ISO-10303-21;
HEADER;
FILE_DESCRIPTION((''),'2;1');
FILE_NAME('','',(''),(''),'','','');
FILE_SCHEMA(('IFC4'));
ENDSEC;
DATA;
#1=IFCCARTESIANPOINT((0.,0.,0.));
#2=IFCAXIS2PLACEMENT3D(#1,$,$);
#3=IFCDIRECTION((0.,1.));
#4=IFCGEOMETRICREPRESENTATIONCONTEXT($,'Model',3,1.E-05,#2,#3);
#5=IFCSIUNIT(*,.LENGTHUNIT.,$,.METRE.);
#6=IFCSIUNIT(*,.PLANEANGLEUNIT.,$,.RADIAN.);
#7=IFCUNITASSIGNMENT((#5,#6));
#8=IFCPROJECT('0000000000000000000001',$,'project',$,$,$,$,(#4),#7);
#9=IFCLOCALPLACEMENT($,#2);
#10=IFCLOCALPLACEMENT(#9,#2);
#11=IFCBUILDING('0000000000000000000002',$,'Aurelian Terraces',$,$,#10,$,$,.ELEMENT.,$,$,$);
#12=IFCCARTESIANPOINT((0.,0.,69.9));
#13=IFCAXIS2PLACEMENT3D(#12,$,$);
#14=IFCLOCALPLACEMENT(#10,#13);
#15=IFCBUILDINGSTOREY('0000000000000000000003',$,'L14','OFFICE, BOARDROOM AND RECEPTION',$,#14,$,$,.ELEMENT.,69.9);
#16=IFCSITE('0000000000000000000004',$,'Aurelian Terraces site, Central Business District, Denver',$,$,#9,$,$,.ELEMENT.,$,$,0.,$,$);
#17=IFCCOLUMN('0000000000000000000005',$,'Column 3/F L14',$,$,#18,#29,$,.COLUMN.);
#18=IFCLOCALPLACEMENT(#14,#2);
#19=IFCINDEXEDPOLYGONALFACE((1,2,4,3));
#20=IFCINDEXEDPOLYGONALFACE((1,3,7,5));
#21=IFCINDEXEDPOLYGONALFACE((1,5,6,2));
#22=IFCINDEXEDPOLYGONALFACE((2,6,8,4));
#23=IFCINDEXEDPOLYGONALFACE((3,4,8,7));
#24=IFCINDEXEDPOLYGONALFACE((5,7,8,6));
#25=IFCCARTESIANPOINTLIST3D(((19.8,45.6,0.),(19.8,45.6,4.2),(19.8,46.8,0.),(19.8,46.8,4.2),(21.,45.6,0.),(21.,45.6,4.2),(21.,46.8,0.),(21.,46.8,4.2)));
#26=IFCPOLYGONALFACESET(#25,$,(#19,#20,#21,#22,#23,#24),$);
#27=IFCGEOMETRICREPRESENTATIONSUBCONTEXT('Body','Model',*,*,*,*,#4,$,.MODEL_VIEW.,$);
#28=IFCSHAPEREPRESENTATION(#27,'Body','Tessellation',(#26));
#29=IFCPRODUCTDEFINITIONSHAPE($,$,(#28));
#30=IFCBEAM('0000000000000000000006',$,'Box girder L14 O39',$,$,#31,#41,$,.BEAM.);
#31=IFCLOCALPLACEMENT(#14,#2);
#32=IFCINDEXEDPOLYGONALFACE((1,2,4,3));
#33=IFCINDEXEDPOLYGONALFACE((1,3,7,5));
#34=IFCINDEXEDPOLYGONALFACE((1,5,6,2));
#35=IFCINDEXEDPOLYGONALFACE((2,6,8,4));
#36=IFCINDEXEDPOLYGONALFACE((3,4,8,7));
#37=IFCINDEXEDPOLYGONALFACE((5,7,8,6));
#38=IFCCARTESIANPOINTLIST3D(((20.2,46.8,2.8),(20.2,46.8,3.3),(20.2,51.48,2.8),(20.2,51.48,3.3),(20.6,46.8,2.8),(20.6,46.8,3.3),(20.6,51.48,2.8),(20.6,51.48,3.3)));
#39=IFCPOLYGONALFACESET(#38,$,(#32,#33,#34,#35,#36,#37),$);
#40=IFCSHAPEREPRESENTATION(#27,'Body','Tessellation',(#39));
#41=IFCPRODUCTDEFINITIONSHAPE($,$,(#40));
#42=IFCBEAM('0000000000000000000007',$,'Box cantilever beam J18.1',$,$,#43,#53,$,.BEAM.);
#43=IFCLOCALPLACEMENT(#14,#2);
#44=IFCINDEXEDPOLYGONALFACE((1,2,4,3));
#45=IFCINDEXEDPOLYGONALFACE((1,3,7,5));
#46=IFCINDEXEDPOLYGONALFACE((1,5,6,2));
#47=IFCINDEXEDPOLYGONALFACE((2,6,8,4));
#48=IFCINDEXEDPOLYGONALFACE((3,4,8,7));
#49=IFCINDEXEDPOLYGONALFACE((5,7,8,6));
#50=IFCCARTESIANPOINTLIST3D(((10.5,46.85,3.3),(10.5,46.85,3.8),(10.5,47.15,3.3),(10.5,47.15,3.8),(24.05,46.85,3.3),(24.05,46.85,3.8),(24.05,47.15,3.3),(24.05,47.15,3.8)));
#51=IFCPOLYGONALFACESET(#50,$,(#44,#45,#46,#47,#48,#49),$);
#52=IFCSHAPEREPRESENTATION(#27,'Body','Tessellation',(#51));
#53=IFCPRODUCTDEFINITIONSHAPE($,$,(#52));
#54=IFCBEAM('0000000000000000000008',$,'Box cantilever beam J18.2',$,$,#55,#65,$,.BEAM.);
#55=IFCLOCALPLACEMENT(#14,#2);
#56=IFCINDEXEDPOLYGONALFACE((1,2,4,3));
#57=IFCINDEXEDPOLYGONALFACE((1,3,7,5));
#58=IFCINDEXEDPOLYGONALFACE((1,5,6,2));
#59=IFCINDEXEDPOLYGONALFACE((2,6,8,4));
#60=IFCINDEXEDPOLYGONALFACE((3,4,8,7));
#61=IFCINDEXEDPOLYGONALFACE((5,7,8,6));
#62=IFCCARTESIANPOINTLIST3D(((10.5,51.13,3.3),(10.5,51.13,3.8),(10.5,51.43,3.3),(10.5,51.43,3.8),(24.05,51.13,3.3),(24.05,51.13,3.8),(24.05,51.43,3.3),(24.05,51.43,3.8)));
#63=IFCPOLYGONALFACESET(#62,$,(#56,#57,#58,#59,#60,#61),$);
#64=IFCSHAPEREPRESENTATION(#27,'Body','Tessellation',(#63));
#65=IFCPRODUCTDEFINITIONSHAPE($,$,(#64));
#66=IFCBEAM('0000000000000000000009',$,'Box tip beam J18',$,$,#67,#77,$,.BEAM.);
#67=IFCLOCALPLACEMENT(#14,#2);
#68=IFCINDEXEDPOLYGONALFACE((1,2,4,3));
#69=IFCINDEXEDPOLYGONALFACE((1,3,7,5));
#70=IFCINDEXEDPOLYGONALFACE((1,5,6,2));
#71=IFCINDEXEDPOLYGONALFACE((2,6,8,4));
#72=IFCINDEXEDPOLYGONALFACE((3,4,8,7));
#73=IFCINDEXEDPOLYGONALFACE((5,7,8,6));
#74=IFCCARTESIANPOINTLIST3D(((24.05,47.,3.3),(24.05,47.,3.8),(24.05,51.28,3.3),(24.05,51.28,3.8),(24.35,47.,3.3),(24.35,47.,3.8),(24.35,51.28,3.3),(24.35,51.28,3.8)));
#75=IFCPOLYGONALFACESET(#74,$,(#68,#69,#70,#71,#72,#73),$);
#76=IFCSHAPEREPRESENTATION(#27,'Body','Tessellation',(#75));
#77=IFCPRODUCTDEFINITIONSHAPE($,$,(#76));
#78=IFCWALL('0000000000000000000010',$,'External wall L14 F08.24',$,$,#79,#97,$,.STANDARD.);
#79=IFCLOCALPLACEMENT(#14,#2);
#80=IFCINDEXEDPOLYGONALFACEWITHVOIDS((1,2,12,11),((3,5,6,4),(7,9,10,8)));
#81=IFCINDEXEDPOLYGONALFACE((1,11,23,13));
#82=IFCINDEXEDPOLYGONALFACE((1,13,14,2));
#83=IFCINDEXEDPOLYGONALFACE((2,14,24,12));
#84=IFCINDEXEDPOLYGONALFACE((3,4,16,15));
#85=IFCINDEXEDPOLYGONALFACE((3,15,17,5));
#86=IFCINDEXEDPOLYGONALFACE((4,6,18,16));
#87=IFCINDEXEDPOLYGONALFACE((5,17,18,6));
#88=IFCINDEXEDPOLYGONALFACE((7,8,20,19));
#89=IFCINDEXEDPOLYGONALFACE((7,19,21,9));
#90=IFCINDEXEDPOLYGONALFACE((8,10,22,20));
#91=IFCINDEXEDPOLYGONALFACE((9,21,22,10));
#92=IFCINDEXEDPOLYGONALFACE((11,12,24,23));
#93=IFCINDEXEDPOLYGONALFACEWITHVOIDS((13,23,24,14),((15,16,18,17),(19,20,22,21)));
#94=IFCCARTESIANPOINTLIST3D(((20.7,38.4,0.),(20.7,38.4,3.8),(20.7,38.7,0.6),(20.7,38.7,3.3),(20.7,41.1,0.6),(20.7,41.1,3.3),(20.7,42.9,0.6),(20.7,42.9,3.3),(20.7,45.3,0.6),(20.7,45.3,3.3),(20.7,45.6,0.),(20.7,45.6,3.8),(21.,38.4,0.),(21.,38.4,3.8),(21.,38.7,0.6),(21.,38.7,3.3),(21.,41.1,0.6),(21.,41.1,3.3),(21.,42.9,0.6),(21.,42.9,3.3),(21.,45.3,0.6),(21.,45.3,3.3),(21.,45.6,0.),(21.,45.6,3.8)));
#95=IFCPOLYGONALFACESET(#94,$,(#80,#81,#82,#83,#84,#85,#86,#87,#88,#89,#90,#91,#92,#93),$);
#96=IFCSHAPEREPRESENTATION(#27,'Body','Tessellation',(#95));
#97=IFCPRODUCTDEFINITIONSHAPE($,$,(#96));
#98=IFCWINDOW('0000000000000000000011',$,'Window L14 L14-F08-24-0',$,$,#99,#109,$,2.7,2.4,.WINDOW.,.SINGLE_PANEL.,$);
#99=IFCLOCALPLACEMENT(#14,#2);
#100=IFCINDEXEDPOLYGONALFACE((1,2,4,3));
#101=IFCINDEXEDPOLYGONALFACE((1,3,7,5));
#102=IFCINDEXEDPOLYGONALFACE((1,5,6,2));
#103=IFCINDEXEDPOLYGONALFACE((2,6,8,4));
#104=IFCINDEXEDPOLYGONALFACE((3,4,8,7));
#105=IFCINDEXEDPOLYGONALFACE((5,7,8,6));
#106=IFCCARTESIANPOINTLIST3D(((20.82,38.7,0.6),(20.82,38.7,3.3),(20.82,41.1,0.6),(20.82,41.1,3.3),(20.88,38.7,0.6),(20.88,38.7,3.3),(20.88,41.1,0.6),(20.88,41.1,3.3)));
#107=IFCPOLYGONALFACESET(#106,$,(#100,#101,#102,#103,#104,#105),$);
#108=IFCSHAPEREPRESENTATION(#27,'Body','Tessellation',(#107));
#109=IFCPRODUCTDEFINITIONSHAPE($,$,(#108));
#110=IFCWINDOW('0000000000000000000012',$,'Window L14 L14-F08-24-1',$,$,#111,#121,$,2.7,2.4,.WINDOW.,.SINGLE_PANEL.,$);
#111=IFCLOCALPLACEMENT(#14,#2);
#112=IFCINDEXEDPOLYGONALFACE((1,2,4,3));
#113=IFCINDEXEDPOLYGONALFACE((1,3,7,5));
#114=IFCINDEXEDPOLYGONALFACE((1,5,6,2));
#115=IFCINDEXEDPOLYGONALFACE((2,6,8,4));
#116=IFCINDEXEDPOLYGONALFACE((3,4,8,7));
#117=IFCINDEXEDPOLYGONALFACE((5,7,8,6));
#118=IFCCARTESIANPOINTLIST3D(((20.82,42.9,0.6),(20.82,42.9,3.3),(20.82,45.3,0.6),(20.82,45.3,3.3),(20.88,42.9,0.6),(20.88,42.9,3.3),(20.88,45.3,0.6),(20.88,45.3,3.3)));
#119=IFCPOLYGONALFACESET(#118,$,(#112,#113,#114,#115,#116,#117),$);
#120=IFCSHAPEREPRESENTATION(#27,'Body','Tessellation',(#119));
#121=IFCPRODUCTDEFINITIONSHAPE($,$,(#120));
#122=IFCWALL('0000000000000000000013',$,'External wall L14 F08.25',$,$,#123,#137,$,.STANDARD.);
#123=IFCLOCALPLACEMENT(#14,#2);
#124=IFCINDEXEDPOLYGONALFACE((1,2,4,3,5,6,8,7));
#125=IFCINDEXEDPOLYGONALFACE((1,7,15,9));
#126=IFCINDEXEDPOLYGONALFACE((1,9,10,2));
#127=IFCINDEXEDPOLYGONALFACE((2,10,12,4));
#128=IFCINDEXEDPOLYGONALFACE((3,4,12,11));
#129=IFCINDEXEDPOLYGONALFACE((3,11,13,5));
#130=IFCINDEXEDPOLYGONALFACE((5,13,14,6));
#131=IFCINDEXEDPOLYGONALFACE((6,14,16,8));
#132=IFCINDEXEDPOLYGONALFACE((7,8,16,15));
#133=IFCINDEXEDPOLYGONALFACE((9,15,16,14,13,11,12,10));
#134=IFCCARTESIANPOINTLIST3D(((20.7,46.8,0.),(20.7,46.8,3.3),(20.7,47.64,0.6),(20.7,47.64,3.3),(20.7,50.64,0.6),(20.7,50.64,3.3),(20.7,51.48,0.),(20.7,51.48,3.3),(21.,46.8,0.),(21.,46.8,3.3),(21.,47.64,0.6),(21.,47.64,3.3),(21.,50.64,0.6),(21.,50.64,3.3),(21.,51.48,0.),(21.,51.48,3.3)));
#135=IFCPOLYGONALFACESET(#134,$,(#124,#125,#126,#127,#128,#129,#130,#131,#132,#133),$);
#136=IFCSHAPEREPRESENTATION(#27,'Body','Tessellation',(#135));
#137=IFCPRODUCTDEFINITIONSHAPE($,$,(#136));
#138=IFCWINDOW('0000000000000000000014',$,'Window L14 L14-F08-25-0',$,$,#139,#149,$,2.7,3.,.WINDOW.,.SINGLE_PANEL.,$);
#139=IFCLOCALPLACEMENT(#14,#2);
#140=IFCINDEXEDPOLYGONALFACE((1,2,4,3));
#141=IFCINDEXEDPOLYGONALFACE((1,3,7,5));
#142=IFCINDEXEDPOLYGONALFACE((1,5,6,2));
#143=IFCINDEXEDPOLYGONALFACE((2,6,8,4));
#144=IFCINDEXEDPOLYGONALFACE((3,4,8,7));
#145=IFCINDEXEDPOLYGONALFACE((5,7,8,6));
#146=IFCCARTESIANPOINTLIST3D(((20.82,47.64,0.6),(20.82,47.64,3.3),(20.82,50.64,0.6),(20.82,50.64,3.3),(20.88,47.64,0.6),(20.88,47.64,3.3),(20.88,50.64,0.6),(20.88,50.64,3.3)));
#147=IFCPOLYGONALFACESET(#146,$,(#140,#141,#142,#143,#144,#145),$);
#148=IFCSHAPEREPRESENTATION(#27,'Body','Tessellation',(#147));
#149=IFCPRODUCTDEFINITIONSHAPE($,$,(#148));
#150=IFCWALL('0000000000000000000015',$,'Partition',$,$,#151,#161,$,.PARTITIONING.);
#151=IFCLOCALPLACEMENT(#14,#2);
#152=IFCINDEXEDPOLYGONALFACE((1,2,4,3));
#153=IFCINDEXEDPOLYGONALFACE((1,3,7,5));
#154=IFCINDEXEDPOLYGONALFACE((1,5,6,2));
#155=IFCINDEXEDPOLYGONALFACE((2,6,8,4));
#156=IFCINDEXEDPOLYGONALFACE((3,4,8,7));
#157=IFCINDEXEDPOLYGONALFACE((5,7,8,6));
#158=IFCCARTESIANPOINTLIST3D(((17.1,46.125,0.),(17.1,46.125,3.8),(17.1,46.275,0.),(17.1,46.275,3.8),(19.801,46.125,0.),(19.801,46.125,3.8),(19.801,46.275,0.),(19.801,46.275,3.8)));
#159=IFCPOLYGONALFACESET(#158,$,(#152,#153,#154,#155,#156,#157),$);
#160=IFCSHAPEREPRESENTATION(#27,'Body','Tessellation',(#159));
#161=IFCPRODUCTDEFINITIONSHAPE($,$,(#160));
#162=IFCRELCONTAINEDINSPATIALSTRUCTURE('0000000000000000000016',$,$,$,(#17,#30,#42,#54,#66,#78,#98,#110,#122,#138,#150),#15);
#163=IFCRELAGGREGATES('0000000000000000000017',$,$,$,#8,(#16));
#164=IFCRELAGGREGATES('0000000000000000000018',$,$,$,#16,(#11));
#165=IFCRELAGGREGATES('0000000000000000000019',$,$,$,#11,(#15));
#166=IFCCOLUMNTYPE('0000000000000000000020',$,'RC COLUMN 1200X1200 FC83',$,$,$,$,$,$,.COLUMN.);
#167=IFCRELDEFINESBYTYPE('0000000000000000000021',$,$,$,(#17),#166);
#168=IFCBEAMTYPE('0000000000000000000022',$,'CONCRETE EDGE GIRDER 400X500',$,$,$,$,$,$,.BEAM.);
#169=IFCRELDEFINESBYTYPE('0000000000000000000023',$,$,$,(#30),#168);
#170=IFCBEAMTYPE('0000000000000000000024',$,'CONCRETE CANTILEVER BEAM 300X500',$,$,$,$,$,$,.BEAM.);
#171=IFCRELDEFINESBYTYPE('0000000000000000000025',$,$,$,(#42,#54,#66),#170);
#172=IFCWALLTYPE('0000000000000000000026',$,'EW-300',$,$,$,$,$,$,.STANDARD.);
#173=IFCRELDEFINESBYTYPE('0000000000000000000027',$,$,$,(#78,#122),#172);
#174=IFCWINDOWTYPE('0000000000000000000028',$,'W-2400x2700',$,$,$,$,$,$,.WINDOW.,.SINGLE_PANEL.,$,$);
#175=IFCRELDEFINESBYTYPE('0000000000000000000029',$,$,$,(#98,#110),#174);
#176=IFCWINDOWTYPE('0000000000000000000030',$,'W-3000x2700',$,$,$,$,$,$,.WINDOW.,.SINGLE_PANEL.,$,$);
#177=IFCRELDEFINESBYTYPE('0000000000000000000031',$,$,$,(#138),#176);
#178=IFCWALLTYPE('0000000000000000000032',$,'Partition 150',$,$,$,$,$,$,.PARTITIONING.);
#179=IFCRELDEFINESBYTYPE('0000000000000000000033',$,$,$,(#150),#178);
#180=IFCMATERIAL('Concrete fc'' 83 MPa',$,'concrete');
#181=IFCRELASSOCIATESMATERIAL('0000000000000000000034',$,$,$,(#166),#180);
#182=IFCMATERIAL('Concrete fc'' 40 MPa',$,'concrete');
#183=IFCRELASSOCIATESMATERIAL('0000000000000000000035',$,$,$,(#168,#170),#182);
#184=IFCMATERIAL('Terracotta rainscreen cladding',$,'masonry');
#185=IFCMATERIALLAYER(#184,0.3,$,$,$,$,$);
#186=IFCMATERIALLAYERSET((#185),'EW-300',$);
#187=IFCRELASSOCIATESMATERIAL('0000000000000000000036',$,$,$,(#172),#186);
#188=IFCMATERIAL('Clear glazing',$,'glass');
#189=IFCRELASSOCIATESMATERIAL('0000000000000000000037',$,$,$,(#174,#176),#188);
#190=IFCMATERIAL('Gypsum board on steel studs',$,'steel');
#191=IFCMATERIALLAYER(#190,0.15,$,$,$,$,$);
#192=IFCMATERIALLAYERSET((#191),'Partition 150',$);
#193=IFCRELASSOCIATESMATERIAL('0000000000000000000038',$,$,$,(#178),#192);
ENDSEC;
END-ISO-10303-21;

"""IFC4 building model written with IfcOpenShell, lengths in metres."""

from ifc_helpers import new_model, si_unit, direction, frame, frame_2d, origin, origin_2d, place, context, subcontext, project, spatial, rectangle, extrude, source, transform, mapped, material, layer, layer_set, material_profile, profile_set, type_object, element, fill, save


model = new_model("IFC4")

# Units and contexts
model_context = context("Model", 3, precision=1e-05, world=origin(), true_north=direction((0.0, 1.0)))
body_context = subcontext(model_context, "Body", "Model", "MODEL_VIEW")
ifc_project = project(units=[si_unit("LENGTHUNIT", "METRE"), si_unit("PLANEANGLEUNIT", "RADIAN")], contexts=[model_context])

# Site, building, storey
site_placement = place(None, origin())
site = spatial("IfcSite", under=ifc_project, at=site_placement, Name="Aurelian Terraces site, Central Business District, Denver", CompositionType="ELEMENT", RefElevation=0.0)
building_placement = place(site_placement, origin())
building = spatial("IfcBuilding", under=site, at=building_placement, Name="Aurelian Terraces", CompositionType="ELEMENT")
storey_placement = place(building_placement, frame((0.0, 0.0, 69.9)))
storey = spatial("IfcBuildingStorey", under=building, at=storey_placement, Name="L14", Description="OFFICE, BOARDROOM AND RECEPTION", CompositionType="ELEMENT", Elevation=69.9)

# Column
ifc_material_1 = material(Name="Concrete fc' 83 MPa", Category="concrete")
ifc_material_profile_1 = material_profile(ifc_material_1, rectangle(XDim=1.2, YDim=1.2, at=origin_2d()))
ifc_profile_set_1 = profile_set([ifc_material_profile_1], Name="Concrete fc' 83 MPa")
column_type = type_object("IfcColumnType", Name="RC COLUMN 1200X1200 FC83", PredefinedType="COLUMN", material=ifc_profile_set_1)
shared_shape_1 = source(origin(), body_context, "Body", "SweptSolid", [
    extrude(rectangle(XDim=1.2, YDim=1.2, at=origin_2d()), origin(), (0.0, 0.0, 1.0), 4.2),
])
column_placement = place(storey_placement, frame((20.4, 46.2, 0.0), z_axis=(0.0, 0.0, 1.0), x_axis=(1.0, 0.0, 0.0)))
element("IfcColumn", 1, at=column_placement, inside=storey, type_object=column_type, Name="Column 3/F L14", PredefinedType="COLUMN", context=body_context, shape_type="MappedRepresentation", body=[
    mapped(shared_shape_1, transform((0.0, 0.0, 0.0), scale=1.0)),
])

# Beams
ifc_material_2 = material(Name="Concrete fc' 40 MPa", Category="concrete")
ifc_material_profile_2 = material_profile(ifc_material_2, rectangle(XDim=0.4, YDim=0.5, at=origin_2d()))
ifc_profile_set_2 = profile_set([ifc_material_profile_2], Name="Concrete fc' 40 MPa")
beam_type_1 = type_object("IfcBeamType", Name="CONCRETE EDGE GIRDER 400X500", PredefinedType="BEAM", material=ifc_profile_set_2)
shared_shape_2 = source(origin(), body_context, "Body", "SweptSolid", [
    extrude(rectangle(XDim=0.4, YDim=0.5, at=origin_2d()), origin(), (0.0, 0.0, 1.0), 4.68),
])
beam_1_placement = place(storey_placement, frame((20.4, 46.8, 3.05), z_axis=(0.0, 1.0, 0.0), x_axis=(-1.0, 0.0, 0.0)))
element("IfcBeam", 2, at=beam_1_placement, inside=storey, type_object=beam_type_1, Name="Box girder L14 O39", PredefinedType="BEAM", context=body_context, shape_type="MappedRepresentation", body=[
    mapped(shared_shape_2, transform((0.0, 0.0, 0.0), scale=1.0)),
])
ifc_material_profile_3 = material_profile(ifc_material_2, rectangle(XDim=0.3, YDim=0.5, at=origin_2d()))
ifc_profile_set_3 = profile_set([ifc_material_profile_3], Name="Concrete fc' 40 MPa")
beam_type_2 = type_object("IfcBeamType", Name="CONCRETE CANTILEVER BEAM 300X500", PredefinedType="BEAM", material=ifc_profile_set_3)
shared_shape_3 = source(origin(), body_context, "Body", "SweptSolid", [
    extrude(rectangle(XDim=0.3, YDim=0.5, at=origin_2d()), origin(), (0.0, 0.0, 1.0), 13.55),
])
for number, where, z_axis, x_axis, name in (
    (3, (24.05, 47.0, 3.55), (-1.0, 0.0, 0.0), (0.0, -1.0, 0.0), "Box cantilever beam J18.1"),
    (4, (24.05, 51.28, 3.55), (-1.0, 0.0, 0.0), (0.0, -1.0, 0.0), "Box cantilever beam J18.2"),
):
    element("IfcBeam", number, at=place(storey_placement, frame(where, z_axis=z_axis, x_axis=x_axis)), inside=storey, type_object=beam_type_2, Name=name, PredefinedType="BEAM", context=body_context, shape_type="MappedRepresentation", body=[
        mapped(shared_shape_3, transform((0.0, 0.0, 0.0), scale=1.0)),
    ])
shared_shape_4 = source(origin(), body_context, "Body", "SweptSolid", [
    extrude(rectangle(XDim=0.3, YDim=0.5, at=origin_2d()), origin(), (0.0, 0.0, 1.0), 4.28),
])
beam_2_placement = place(storey_placement, frame((24.2, 47.0, 3.55), z_axis=(0.0, 1.0, 0.0), x_axis=(-1.0, 0.0, 0.0)))
element("IfcBeam", 5, at=beam_2_placement, inside=storey, type_object=beam_type_2, Name="Box tip beam J18", PredefinedType="BEAM", context=body_context, shape_type="MappedRepresentation", body=[
    mapped(shared_shape_4, transform((0.0, 0.0, 0.0), scale=1.0)),
])

# Wall, openings, windows
ifc_material_3 = material(Name="Terracotta rainscreen cladding", Category="masonry")
ifc_layer_1 = layer(ifc_material_3, 0.3)
ifc_layer_set_1 = layer_set([ifc_layer_1], Name="EW-300")
wall_type_1 = type_object("IfcWallType", Name="EW-300", PredefinedType="STANDARD", material=ifc_layer_set_1)
shared_shape_5 = source(origin(), body_context, "Body", "SweptSolid", [
    extrude(rectangle(XDim=7.2, YDim=0.3, at=frame_2d((3.6, 0.0))), origin(), (0.0, 0.0, 1.0), 3.8),
])
wall_1_placement = place(storey_placement, frame((20.85, 38.4, 0.0), z_axis=(0.0, 0.0, 1.0), x_axis=(0.0, 1.0, 0.0)))
wall_1 = element("IfcWall", 6, at=wall_1_placement, inside=storey, type_object=wall_type_1, Name="External wall L14 F08.24", PredefinedType="STANDARD", context=body_context, shape_type="MappedRepresentation", body=[
    mapped(shared_shape_5, transform((0.0, 0.0, 0.0), scale=1.0)),
])
shared_shape_6 = source(origin(), body_context, "Body", "SweptSolid", [
    extrude(rectangle(XDim=2.4, YDim=2.7, at=frame_2d((1.2, 1.35))), frame((0.0, 0.16, 0.0), z_axis=(0.0, -1.0, 0.0), x_axis=(1.0, 0.0, 0.0)), (0.0, 0.0, 1.0), 0.32),
])
opening_1_placement = place(wall_1_placement, frame((0.3, 0.0, 0.6)))
opening_1 = element("IfcOpeningElement", 7, at=opening_1_placement, cuts=wall_1, PredefinedType="OPENING", context=body_context, shape_type="MappedRepresentation", body=[
    mapped(shared_shape_6, transform((0.0, 0.0, 0.0), scale=1.0)),
])
opening_2_placement = place(wall_1_placement, frame((4.5, 0.0, 0.6)))
opening_2 = element("IfcOpeningElement", 8, at=opening_2_placement, cuts=wall_1, PredefinedType="OPENING", context=body_context, shape_type="MappedRepresentation", body=[
    mapped(shared_shape_6, transform((0.0, 0.0, 0.0), scale=1.0)),
])
ifc_material_4 = material(Name="Clear glazing", Category="glass")
window_type_1 = type_object("IfcWindowType", Name="W-2400x2700", PartitioningType="SINGLE_PANEL", PredefinedType="WINDOW", material=ifc_material_4)
shared_shape_7 = source(origin(), body_context, "Body", "SweptSolid", [
    extrude(rectangle(XDim=2.4, YDim=2.7, at=frame_2d((1.2, 1.35))), frame((0.0, 0.03, 0.0), z_axis=(0.0, -1.0, 0.0), x_axis=(1.0, 0.0, 0.0)), (0.0, 0.0, 1.0), 0.06),
])
window_1_placement = place(opening_1_placement, origin())
window_1 = element("IfcWindow", 9, at=window_1_placement, inside=storey, type_object=window_type_1, Name="Window L14 L14-F08-24-0", OverallHeight=2.7, OverallWidth=2.4, PartitioningType="SINGLE_PANEL", PredefinedType="WINDOW", context=body_context, shape_type="MappedRepresentation", body=[
    mapped(shared_shape_7, transform((0.0, 0.0, 0.0), scale=1.0)),
])
fill(opening_1, window_1)
window_2_placement = place(opening_2_placement, origin())
window_2 = element("IfcWindow", 10, at=window_2_placement, inside=storey, type_object=window_type_1, Name="Window L14 L14-F08-24-1", OverallHeight=2.7, OverallWidth=2.4, PartitioningType="SINGLE_PANEL", PredefinedType="WINDOW", context=body_context, shape_type="MappedRepresentation", body=[
    mapped(shared_shape_7, transform((0.0, 0.0, 0.0), scale=1.0)),
])
fill(opening_2, window_2)

# Wall, opening, window
shared_shape_8 = source(origin(), body_context, "Body", "SweptSolid", [
    extrude(rectangle(XDim=4.68, YDim=0.3, at=frame_2d((2.34, 0.0))), origin(), (0.0, 0.0, 1.0), 3.3),
])
wall_2_placement = place(storey_placement, frame((20.85, 46.8, 0.0), z_axis=(0.0, 0.0, 1.0), x_axis=(0.0, 1.0, 0.0)))
wall_2 = element("IfcWall", 11, at=wall_2_placement, inside=storey, type_object=wall_type_1, Name="External wall L14 F08.25", PredefinedType="STANDARD", context=body_context, shape_type="MappedRepresentation", body=[
    mapped(shared_shape_8, transform((0.0, 0.0, 0.0), scale=1.0)),
])
shared_shape_9 = source(origin(), body_context, "Body", "SweptSolid", [
    extrude(rectangle(XDim=3.0, YDim=2.7, at=frame_2d((1.5, 1.35))), frame((0.0, 0.16, 0.0), z_axis=(0.0, -1.0, 0.0), x_axis=(1.0, 0.0, 0.0)), (0.0, 0.0, 1.0), 0.32),
])
opening_3_placement = place(wall_2_placement, frame((0.84, 0.0, 0.6)))
opening_3 = element("IfcOpeningElement", 12, at=opening_3_placement, cuts=wall_2, PredefinedType="OPENING", context=body_context, shape_type="MappedRepresentation", body=[
    mapped(shared_shape_9, transform((0.0, 0.0, 0.0), scale=1.0)),
])
window_type_2 = type_object("IfcWindowType", Name="W-3000x2700", PartitioningType="SINGLE_PANEL", PredefinedType="WINDOW", material=ifc_material_4)
shared_shape_10 = source(origin(), body_context, "Body", "SweptSolid", [
    extrude(rectangle(XDim=3.0, YDim=2.7, at=frame_2d((1.5, 1.35))), frame((0.0, 0.03, 0.0), z_axis=(0.0, -1.0, 0.0), x_axis=(1.0, 0.0, 0.0)), (0.0, 0.0, 1.0), 0.06),
])
window_3_placement = place(opening_3_placement, origin())
window_3 = element("IfcWindow", 13, at=window_3_placement, inside=storey, type_object=window_type_2, Name="Window L14 L14-F08-25-0", OverallHeight=2.7, OverallWidth=3.0, PartitioningType="SINGLE_PANEL", PredefinedType="WINDOW", context=body_context, shape_type="MappedRepresentation", body=[
    mapped(shared_shape_10, transform((0.0, 0.0, 0.0), scale=1.0)),
])
fill(opening_3, window_3)

# Wall
ifc_material_5 = material(Name="Gypsum board on steel studs", Category="steel")
ifc_layer_2 = layer(ifc_material_5, 0.15)
ifc_layer_set_2 = layer_set([ifc_layer_2], Name="Partition 150")
wall_type_2 = type_object("IfcWallType", Name="Partition 150", PredefinedType="PARTITIONING", material=ifc_layer_set_2)
shared_shape_11 = source(origin(), body_context, "Body", "SweptSolid", [
    extrude(rectangle(XDim=2.701, YDim=0.15, at=frame_2d((1.3505, 0.0))), origin(), (0.0, 0.0, 1.0), 3.8),
])
wall_3_placement = place(storey_placement, frame((19.801, 46.2, 0.0), z_axis=(0.0, 0.0, 1.0), x_axis=(-1.0, 0.0, 0.0)))
element("IfcWall", 14, at=wall_3_placement, inside=storey, type_object=wall_type_2, Name="Partition", PredefinedType="PARTITIONING", context=body_context, shape_type="MappedRepresentation", body=[
    mapped(shared_shape_11, transform((0.0, 0.0, 0.0), scale=1.0)),
])

save(model, "model.ifc")
